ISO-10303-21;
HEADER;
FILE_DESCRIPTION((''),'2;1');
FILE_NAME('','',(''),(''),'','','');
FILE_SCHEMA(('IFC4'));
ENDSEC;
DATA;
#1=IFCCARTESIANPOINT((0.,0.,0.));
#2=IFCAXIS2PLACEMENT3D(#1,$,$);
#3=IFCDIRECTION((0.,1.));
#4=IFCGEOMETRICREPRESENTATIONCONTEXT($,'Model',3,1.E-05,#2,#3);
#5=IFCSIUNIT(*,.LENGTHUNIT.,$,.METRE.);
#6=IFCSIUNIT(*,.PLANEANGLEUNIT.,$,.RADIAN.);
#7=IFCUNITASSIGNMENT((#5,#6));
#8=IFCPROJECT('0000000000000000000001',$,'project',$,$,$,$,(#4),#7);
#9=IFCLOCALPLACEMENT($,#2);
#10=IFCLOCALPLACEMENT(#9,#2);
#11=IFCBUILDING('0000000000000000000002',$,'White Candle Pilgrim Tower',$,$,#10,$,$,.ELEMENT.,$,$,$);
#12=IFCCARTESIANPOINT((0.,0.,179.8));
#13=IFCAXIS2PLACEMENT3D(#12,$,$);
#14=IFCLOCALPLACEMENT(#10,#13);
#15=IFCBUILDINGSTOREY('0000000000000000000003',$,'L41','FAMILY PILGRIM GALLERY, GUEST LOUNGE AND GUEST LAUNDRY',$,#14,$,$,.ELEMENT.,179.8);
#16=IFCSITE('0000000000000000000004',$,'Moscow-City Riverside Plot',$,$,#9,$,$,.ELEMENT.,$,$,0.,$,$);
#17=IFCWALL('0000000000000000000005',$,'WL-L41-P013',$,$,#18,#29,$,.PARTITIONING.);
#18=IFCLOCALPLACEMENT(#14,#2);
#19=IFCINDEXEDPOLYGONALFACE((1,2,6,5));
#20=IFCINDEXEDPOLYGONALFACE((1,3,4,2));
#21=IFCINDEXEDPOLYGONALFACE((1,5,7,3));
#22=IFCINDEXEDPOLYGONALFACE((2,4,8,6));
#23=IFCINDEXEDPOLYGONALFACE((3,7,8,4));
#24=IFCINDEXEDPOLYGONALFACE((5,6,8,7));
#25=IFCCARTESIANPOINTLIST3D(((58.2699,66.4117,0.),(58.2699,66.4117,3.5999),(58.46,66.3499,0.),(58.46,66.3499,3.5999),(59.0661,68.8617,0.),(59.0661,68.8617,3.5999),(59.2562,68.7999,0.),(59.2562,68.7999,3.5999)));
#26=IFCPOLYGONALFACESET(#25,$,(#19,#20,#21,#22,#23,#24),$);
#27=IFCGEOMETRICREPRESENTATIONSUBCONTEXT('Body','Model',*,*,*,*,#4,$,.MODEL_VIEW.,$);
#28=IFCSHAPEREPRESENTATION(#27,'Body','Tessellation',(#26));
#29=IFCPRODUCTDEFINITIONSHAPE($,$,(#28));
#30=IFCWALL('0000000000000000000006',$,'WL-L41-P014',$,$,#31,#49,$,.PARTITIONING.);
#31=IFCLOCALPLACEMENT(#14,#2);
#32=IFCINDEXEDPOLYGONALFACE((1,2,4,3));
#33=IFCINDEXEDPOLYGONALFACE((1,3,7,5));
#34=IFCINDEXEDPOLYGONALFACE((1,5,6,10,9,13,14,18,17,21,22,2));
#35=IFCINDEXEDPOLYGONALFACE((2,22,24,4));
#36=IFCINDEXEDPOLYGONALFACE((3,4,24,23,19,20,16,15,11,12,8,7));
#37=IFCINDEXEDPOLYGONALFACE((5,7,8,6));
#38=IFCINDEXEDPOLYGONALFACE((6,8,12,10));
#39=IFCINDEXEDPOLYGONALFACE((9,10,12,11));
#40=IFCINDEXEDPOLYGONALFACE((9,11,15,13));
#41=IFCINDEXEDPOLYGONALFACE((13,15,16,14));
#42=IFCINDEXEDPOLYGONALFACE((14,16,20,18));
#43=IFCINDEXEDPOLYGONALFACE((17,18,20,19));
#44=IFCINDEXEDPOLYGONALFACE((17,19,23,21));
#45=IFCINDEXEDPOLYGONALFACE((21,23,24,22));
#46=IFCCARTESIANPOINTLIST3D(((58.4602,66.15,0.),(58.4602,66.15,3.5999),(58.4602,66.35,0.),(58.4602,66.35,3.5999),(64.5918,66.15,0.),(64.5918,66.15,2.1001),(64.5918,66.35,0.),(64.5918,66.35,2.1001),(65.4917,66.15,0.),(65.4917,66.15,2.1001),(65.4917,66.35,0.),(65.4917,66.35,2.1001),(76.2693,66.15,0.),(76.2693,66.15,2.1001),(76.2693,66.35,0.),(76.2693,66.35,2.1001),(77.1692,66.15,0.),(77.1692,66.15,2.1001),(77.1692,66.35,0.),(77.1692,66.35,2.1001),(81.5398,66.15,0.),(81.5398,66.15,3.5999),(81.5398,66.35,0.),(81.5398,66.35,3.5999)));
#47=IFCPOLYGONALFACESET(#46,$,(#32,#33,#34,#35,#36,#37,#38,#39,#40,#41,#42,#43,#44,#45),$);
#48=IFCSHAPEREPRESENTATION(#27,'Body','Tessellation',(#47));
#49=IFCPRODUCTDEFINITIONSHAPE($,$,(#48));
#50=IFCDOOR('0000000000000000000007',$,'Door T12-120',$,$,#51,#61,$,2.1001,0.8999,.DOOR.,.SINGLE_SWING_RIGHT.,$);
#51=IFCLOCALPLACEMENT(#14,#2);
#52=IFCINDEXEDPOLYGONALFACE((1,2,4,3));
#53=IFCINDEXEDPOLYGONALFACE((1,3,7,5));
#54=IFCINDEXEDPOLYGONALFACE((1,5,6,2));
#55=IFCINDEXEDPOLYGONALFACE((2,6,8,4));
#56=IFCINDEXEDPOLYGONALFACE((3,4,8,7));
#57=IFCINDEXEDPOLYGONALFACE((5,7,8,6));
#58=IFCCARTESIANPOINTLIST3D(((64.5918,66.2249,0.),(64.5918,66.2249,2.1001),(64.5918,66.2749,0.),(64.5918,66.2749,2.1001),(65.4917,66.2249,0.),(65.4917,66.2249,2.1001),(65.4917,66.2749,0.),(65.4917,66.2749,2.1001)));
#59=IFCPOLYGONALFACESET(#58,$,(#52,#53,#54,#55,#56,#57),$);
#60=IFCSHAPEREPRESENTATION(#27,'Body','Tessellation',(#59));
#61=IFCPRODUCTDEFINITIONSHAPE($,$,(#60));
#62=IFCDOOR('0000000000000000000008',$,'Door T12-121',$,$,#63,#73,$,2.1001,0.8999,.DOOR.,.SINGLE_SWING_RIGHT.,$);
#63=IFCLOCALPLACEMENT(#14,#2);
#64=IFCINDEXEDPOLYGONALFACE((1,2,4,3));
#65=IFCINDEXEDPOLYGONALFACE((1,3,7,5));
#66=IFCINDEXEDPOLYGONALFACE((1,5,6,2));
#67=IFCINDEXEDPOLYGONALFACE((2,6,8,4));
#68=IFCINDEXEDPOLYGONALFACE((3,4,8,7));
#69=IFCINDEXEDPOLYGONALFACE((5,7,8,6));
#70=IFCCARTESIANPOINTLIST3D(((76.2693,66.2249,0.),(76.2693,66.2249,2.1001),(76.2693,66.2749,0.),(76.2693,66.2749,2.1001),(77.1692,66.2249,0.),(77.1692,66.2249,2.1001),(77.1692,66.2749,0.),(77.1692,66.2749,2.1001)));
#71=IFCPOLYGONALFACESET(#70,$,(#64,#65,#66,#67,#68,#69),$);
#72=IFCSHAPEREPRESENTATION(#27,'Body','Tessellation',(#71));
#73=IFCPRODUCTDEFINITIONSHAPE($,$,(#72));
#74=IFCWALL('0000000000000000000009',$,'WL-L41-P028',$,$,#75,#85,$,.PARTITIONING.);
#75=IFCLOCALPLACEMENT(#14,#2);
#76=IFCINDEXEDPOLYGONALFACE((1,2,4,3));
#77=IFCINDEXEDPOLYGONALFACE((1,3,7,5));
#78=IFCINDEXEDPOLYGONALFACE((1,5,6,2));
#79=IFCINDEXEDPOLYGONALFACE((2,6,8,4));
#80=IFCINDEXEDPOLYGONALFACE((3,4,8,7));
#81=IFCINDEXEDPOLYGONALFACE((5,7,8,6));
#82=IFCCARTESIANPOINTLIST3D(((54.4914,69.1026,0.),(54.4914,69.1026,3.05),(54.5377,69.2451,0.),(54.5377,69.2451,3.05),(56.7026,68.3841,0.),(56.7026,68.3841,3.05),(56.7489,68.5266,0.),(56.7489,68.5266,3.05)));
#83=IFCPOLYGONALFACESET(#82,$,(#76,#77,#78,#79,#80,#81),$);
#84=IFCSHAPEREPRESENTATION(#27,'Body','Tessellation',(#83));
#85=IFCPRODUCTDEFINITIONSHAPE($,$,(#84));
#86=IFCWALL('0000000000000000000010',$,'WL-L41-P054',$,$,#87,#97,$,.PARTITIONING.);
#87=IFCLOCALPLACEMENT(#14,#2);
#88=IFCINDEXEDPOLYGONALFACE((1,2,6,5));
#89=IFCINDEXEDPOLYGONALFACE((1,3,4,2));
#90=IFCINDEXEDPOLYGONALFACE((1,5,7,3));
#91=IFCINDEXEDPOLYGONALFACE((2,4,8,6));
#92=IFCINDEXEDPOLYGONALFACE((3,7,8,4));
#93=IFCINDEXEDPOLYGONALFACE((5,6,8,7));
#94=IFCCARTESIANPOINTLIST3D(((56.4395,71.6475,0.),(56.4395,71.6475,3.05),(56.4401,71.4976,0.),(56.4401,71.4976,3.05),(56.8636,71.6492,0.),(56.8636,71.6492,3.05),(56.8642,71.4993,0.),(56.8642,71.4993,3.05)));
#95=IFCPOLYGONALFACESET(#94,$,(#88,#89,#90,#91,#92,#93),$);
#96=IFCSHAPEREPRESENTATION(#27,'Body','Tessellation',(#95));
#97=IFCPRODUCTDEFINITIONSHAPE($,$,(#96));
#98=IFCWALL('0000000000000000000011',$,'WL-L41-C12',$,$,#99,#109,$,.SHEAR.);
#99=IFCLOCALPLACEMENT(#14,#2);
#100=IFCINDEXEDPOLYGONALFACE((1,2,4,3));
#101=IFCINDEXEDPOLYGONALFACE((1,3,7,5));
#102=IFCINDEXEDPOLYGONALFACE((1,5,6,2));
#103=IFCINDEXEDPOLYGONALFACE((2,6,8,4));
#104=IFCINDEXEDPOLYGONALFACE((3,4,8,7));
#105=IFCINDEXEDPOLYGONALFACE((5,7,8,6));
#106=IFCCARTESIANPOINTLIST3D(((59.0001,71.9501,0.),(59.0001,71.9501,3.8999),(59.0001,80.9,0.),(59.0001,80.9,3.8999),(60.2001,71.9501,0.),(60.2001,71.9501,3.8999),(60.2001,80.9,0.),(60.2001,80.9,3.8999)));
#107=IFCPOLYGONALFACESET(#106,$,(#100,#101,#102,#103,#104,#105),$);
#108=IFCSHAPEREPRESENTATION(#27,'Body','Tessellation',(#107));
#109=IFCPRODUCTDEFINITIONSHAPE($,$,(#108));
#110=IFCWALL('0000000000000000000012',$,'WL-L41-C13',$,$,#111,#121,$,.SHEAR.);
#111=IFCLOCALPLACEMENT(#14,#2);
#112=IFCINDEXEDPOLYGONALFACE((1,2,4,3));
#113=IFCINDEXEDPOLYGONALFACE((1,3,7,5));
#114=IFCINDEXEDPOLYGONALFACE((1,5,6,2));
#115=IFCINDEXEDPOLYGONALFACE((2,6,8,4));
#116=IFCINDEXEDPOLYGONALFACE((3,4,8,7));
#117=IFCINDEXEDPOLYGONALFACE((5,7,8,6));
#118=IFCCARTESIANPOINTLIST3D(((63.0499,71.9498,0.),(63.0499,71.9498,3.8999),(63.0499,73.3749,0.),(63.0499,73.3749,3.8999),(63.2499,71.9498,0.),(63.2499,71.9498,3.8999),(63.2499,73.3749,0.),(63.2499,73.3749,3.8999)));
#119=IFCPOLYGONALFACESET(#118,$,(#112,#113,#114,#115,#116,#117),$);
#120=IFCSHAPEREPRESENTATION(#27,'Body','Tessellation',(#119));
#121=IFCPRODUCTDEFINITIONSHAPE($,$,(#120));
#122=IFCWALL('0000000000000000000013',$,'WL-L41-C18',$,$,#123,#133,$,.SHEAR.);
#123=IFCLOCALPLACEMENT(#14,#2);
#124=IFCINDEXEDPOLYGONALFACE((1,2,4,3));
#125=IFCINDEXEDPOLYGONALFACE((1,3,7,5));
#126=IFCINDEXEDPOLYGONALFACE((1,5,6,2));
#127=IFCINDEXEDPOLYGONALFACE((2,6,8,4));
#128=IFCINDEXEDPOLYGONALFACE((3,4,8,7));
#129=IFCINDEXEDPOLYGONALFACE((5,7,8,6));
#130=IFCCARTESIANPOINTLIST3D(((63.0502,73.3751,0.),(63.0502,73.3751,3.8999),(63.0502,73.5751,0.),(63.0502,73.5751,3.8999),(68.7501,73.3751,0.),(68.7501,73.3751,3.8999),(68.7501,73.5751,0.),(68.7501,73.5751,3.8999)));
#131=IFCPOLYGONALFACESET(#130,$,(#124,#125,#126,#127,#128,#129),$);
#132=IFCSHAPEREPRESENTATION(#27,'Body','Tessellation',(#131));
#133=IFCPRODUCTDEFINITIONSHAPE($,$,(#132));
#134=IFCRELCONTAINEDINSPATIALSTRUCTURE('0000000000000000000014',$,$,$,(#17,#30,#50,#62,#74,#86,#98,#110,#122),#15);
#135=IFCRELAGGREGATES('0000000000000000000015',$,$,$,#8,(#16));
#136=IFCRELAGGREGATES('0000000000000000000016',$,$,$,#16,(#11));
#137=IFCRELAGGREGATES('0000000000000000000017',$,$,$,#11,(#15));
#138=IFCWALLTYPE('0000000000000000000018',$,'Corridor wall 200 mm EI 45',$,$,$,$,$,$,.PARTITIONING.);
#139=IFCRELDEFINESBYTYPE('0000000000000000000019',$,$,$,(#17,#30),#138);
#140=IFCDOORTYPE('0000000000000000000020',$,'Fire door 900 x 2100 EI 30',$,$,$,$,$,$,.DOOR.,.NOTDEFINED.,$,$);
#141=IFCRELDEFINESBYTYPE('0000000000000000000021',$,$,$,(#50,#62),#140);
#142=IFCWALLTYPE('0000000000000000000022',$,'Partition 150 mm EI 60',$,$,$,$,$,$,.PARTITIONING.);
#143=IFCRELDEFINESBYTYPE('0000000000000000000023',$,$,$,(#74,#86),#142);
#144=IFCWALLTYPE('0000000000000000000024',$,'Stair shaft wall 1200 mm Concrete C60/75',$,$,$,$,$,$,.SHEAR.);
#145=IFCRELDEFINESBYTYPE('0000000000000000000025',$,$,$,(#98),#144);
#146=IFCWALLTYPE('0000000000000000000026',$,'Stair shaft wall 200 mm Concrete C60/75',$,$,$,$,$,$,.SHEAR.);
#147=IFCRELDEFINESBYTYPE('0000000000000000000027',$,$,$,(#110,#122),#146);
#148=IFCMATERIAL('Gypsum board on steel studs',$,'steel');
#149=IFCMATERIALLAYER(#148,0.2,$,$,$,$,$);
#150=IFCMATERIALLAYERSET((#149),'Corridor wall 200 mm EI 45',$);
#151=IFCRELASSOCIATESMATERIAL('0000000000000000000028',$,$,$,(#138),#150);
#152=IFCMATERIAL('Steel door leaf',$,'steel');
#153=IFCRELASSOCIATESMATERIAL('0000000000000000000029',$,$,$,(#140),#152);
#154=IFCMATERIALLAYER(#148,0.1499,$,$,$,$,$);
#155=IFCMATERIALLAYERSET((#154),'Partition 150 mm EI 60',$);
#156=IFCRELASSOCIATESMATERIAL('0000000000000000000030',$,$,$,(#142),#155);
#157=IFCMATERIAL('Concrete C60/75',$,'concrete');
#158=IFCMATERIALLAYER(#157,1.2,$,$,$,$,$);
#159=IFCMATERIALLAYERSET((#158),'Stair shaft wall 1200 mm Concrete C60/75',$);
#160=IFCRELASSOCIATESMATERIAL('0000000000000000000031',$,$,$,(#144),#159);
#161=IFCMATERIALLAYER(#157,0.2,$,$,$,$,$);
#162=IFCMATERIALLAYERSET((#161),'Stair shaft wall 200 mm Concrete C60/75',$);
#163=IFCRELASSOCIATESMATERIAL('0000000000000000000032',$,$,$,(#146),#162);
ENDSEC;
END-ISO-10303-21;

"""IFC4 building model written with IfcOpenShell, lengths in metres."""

from ifc_helpers import new_model, si_unit, direction, frame, frame_2d, origin, place, context, subcontext, project, spatial, rectangle, extrude, material, layer, layer_set, type_object, element, fill, save


model = new_model("IFC4")

# Units and contexts
model_context = context("Model", 3, precision=1e-05, world=origin(), true_north=direction((0.0, 1.0)))
body_context = subcontext(model_context, "Body", "Model", "MODEL_VIEW")
ifc_project = project(units=[si_unit("LENGTHUNIT", "METRE"), si_unit("PLANEANGLEUNIT", "RADIAN")], contexts=[model_context])

# Site, building, storey
site_placement = place(None, origin())
site = spatial("IfcSite", under=ifc_project, at=site_placement, Name="Moscow-City Riverside Plot", CompositionType="ELEMENT", RefElevation=0.0)
building_placement = place(site_placement, origin())
building = spatial("IfcBuilding", under=site, at=building_placement, Name="White Candle Pilgrim Tower", CompositionType="ELEMENT")
storey_placement = place(building_placement, frame((0.0, 0.0, 179.8)))
storey = spatial("IfcBuildingStorey", under=building, at=storey_placement, Name="L41", Description="FAMILY PILGRIM GALLERY, GUEST LOUNGE AND GUEST LAUNDRY", CompositionType="ELEMENT", Elevation=179.8)

# Shared definitions
ifc_material_1 = material(Name="Gypsum board on steel studs", Category="steel")
ifc_layer_1 = layer(ifc_material_1, 0.2)
ifc_layer_set_1 = layer_set([ifc_layer_1], Name="Corridor wall 200 mm EI 45")
wall_type_1 = type_object("IfcWallType", Name="Corridor wall 200 mm EI 45", PredefinedType="PARTITIONING", material=ifc_layer_set_1)
ifc_material_2 = material(Name="Steel door leaf", Category="steel")
door_type_1 = type_object("IfcDoorType", Name="Fire door 900 x 2100 EI 30", OperationType="NOTDEFINED", PredefinedType="DOOR", material=ifc_material_2)

# Wall
wall_1_placement = place(storey_placement, frame((59.1611, 68.8308, 0.0), z_axis=(0.0, 0.0, 1.0), x_axis=(-0.309054, -0.951045, 0.0)))
element("IfcWall", 1, at=wall_1_placement, inside=storey, type_object=wall_type_1, Name="WL-L41-P013", PredefinedType="PARTITIONING", context=body_context, shape_type="SweptSolid", body=[
    extrude(rectangle(XDim=2.5762, YDim=0.2, at=frame_2d((1.2881, 0.0))), origin(), (0.0, 0.0, 1.0), 3.5999),
])

# Wall, openings, doors
wall_2_placement = place(storey_placement, frame((58.4602, 66.25, 0.0), z_axis=(0.0, 0.0, 1.0), x_axis=(1.0, 0.0, 0.0)))
wall_2 = element("IfcWall", 2, at=wall_2_placement, inside=storey, type_object=wall_type_1, Name="WL-L41-P014", PredefinedType="PARTITIONING", context=body_context, shape_type="SweptSolid", body=[
    extrude(rectangle(XDim=23.0796, YDim=0.2, at=frame_2d((11.5398, 0.0))), origin(), (0.0, 0.0, 1.0), 3.5999),
])
opening_1_placement = place(wall_2_placement, frame((6.1316, 0.0, 0.0)))
opening_1 = element("IfcOpeningElement", 3, at=opening_1_placement, cuts=wall_2, PredefinedType="OPENING", context=body_context, shape_type="SweptSolid", body=[
    extrude(rectangle(XDim=0.8999, YDim=2.1001, at=frame_2d((0.45, 1.05))), frame((0.0, 0.1099, 0.0), z_axis=(0.0, -1.0, 0.0), x_axis=(1.0, 0.0, 0.0)), (0.0, 0.0, 1.0), 0.22),
])
opening_2_placement = place(wall_2_placement, frame((17.8091, 0.0, 0.0)))
opening_2 = element("IfcOpeningElement", 4, at=opening_2_placement, cuts=wall_2, PredefinedType="OPENING", context=body_context, shape_type="SweptSolid", body=[
    extrude(rectangle(XDim=0.8999, YDim=2.1001, at=frame_2d((0.45, 1.05))), frame((0.0, 0.1099, 0.0), z_axis=(0.0, -1.0, 0.0), x_axis=(1.0, 0.0, 0.0)), (0.0, 0.0, 1.0), 0.22),
])
door_1_placement = place(opening_1_placement, origin())
door_1 = element("IfcDoor", 5, at=door_1_placement, inside=storey, type_object=door_type_1, Name="Door T12-120", OperationType="SINGLE_SWING_RIGHT", OverallHeight=2.1001, OverallWidth=0.8999, PredefinedType="DOOR", context=body_context, shape_type="SweptSolid", body=[
    extrude(rectangle(XDim=0.8999, YDim=2.1001, at=frame_2d((0.45, 1.05))), frame((0.0, 0.0249, 0.0), z_axis=(0.0, -1.0, 0.0), x_axis=(1.0, 0.0, 0.0)), (0.0, 0.0, 1.0), 0.05),
])
fill(opening_1, door_1)
door_2_placement = place(opening_2_placement, origin())
door_2 = element("IfcDoor", 6, at=door_2_placement, inside=storey, type_object=door_type_1, Name="Door T12-121", OperationType="SINGLE_SWING_RIGHT", OverallHeight=2.1001, OverallWidth=0.8999, PredefinedType="DOOR", context=body_context, shape_type="SweptSolid", body=[
    extrude(rectangle(XDim=0.8999, YDim=2.1001, at=frame_2d((0.45, 1.05))), frame((0.0, 0.0249, 0.0), z_axis=(0.0, -1.0, 0.0), x_axis=(1.0, 0.0, 0.0)), (0.0, 0.0, 1.0), 0.05),
])
fill(opening_2, door_2)

# Walls
ifc_layer_2 = layer(ifc_material_1, 0.1499)
ifc_layer_set_2 = layer_set([ifc_layer_2], Name="Partition 150 mm EI 60")
wall_type_2 = type_object("IfcWallType", Name="Partition 150 mm EI 60", PredefinedType="PARTITIONING", material=ifc_layer_set_2)
wall_3_placement = place(storey_placement, frame((56.7258, 68.4553, 0.0), z_axis=(0.0, 0.0, 1.0), x_axis=(-0.95105, 0.309036, 0.0)))
element("IfcWall", 7, at=wall_3_placement, inside=storey, type_object=wall_type_2, Name="WL-L41-P028", PredefinedType="PARTITIONING", context=body_context, shape_type="SweptSolid", body=[
    extrude(rectangle(XDim=2.325, YDim=0.1499, at=frame_2d((1.1626, 0.0))), origin(), (0.0, 0.0, 1.0), 3.05),
])
wall_4_placement = place(storey_placement, frame((56.4399, 71.5725, 0.0), z_axis=(0.0, 0.0, 1.0), x_axis=(0.999992, 0.00403, 0.0)))
element("IfcWall", 8, at=wall_4_placement, inside=storey, type_object=wall_type_2, Name="WL-L41-P054", PredefinedType="PARTITIONING", context=body_context, shape_type="SweptSolid", body=[
    extrude(rectangle(XDim=0.4241, YDim=0.1499, at=frame_2d((0.2119, 0.0))), origin(), (0.0, 0.0, 1.0), 3.05),
])
ifc_material_3 = material(Name="Concrete C60/75", Category="concrete")
ifc_layer_3 = layer(ifc_material_3, 1.2)
ifc_layer_set_3 = layer_set([ifc_layer_3], Name="Stair shaft wall 1200 mm Concrete C60/75")
wall_type_3 = type_object("IfcWallType", Name="Stair shaft wall 1200 mm Concrete C60/75", PredefinedType="SHEAR", material=ifc_layer_set_3)
wall_5_placement = place(storey_placement, frame((59.6001, 71.95, 0.0), z_axis=(0.0, 0.0, 1.0), x_axis=(0.0, 1.0, 0.0)))
element("IfcWall", 9, at=wall_5_placement, inside=storey, type_object=wall_type_3, Name="WL-L41-C12", PredefinedType="SHEAR", context=body_context, shape_type="SweptSolid", body=[
    extrude(rectangle(XDim=8.95, YDim=1.2, at=frame_2d((4.4751, 0.0))), origin(), (0.0, 0.0, 1.0), 3.8999),
])
ifc_layer_4 = layer(ifc_material_3, 0.2)
ifc_layer_set_4 = layer_set([ifc_layer_4], Name="Stair shaft wall 200 mm Concrete C60/75")
wall_type_4 = type_object("IfcWallType", Name="Stair shaft wall 200 mm Concrete C60/75", PredefinedType="SHEAR", material=ifc_layer_set_4)
wall_6_placement = place(storey_placement, frame((63.1499, 71.95, 0.0), z_axis=(0.0, 0.0, 1.0), x_axis=(0.0, 1.0, 0.0)))
element("IfcWall", 10, at=wall_6_placement, inside=storey, type_object=wall_type_4, Name="WL-L41-C13", PredefinedType="SHEAR", context=body_context, shape_type="SweptSolid", body=[
    extrude(rectangle(XDim=1.425, YDim=0.2, at=frame_2d((0.7124, 0.0))), origin(), (0.0, 0.0, 1.0), 3.8999),
])
wall_7_placement = place(storey_placement, frame((63.05, 73.4751, 0.0), z_axis=(0.0, 0.0, 1.0), x_axis=(1.0, 0.0, 0.0)))
element("IfcWall", 11, at=wall_7_placement, inside=storey, type_object=wall_type_4, Name="WL-L41-C18", PredefinedType="SHEAR", context=body_context, shape_type="SweptSolid", body=[
    extrude(rectangle(XDim=5.7, YDim=0.2, at=frame_2d((2.8501, 0.0))), origin(), (0.0, 0.0, 1.0), 3.8999),
])

save(model, "model.ifc")
